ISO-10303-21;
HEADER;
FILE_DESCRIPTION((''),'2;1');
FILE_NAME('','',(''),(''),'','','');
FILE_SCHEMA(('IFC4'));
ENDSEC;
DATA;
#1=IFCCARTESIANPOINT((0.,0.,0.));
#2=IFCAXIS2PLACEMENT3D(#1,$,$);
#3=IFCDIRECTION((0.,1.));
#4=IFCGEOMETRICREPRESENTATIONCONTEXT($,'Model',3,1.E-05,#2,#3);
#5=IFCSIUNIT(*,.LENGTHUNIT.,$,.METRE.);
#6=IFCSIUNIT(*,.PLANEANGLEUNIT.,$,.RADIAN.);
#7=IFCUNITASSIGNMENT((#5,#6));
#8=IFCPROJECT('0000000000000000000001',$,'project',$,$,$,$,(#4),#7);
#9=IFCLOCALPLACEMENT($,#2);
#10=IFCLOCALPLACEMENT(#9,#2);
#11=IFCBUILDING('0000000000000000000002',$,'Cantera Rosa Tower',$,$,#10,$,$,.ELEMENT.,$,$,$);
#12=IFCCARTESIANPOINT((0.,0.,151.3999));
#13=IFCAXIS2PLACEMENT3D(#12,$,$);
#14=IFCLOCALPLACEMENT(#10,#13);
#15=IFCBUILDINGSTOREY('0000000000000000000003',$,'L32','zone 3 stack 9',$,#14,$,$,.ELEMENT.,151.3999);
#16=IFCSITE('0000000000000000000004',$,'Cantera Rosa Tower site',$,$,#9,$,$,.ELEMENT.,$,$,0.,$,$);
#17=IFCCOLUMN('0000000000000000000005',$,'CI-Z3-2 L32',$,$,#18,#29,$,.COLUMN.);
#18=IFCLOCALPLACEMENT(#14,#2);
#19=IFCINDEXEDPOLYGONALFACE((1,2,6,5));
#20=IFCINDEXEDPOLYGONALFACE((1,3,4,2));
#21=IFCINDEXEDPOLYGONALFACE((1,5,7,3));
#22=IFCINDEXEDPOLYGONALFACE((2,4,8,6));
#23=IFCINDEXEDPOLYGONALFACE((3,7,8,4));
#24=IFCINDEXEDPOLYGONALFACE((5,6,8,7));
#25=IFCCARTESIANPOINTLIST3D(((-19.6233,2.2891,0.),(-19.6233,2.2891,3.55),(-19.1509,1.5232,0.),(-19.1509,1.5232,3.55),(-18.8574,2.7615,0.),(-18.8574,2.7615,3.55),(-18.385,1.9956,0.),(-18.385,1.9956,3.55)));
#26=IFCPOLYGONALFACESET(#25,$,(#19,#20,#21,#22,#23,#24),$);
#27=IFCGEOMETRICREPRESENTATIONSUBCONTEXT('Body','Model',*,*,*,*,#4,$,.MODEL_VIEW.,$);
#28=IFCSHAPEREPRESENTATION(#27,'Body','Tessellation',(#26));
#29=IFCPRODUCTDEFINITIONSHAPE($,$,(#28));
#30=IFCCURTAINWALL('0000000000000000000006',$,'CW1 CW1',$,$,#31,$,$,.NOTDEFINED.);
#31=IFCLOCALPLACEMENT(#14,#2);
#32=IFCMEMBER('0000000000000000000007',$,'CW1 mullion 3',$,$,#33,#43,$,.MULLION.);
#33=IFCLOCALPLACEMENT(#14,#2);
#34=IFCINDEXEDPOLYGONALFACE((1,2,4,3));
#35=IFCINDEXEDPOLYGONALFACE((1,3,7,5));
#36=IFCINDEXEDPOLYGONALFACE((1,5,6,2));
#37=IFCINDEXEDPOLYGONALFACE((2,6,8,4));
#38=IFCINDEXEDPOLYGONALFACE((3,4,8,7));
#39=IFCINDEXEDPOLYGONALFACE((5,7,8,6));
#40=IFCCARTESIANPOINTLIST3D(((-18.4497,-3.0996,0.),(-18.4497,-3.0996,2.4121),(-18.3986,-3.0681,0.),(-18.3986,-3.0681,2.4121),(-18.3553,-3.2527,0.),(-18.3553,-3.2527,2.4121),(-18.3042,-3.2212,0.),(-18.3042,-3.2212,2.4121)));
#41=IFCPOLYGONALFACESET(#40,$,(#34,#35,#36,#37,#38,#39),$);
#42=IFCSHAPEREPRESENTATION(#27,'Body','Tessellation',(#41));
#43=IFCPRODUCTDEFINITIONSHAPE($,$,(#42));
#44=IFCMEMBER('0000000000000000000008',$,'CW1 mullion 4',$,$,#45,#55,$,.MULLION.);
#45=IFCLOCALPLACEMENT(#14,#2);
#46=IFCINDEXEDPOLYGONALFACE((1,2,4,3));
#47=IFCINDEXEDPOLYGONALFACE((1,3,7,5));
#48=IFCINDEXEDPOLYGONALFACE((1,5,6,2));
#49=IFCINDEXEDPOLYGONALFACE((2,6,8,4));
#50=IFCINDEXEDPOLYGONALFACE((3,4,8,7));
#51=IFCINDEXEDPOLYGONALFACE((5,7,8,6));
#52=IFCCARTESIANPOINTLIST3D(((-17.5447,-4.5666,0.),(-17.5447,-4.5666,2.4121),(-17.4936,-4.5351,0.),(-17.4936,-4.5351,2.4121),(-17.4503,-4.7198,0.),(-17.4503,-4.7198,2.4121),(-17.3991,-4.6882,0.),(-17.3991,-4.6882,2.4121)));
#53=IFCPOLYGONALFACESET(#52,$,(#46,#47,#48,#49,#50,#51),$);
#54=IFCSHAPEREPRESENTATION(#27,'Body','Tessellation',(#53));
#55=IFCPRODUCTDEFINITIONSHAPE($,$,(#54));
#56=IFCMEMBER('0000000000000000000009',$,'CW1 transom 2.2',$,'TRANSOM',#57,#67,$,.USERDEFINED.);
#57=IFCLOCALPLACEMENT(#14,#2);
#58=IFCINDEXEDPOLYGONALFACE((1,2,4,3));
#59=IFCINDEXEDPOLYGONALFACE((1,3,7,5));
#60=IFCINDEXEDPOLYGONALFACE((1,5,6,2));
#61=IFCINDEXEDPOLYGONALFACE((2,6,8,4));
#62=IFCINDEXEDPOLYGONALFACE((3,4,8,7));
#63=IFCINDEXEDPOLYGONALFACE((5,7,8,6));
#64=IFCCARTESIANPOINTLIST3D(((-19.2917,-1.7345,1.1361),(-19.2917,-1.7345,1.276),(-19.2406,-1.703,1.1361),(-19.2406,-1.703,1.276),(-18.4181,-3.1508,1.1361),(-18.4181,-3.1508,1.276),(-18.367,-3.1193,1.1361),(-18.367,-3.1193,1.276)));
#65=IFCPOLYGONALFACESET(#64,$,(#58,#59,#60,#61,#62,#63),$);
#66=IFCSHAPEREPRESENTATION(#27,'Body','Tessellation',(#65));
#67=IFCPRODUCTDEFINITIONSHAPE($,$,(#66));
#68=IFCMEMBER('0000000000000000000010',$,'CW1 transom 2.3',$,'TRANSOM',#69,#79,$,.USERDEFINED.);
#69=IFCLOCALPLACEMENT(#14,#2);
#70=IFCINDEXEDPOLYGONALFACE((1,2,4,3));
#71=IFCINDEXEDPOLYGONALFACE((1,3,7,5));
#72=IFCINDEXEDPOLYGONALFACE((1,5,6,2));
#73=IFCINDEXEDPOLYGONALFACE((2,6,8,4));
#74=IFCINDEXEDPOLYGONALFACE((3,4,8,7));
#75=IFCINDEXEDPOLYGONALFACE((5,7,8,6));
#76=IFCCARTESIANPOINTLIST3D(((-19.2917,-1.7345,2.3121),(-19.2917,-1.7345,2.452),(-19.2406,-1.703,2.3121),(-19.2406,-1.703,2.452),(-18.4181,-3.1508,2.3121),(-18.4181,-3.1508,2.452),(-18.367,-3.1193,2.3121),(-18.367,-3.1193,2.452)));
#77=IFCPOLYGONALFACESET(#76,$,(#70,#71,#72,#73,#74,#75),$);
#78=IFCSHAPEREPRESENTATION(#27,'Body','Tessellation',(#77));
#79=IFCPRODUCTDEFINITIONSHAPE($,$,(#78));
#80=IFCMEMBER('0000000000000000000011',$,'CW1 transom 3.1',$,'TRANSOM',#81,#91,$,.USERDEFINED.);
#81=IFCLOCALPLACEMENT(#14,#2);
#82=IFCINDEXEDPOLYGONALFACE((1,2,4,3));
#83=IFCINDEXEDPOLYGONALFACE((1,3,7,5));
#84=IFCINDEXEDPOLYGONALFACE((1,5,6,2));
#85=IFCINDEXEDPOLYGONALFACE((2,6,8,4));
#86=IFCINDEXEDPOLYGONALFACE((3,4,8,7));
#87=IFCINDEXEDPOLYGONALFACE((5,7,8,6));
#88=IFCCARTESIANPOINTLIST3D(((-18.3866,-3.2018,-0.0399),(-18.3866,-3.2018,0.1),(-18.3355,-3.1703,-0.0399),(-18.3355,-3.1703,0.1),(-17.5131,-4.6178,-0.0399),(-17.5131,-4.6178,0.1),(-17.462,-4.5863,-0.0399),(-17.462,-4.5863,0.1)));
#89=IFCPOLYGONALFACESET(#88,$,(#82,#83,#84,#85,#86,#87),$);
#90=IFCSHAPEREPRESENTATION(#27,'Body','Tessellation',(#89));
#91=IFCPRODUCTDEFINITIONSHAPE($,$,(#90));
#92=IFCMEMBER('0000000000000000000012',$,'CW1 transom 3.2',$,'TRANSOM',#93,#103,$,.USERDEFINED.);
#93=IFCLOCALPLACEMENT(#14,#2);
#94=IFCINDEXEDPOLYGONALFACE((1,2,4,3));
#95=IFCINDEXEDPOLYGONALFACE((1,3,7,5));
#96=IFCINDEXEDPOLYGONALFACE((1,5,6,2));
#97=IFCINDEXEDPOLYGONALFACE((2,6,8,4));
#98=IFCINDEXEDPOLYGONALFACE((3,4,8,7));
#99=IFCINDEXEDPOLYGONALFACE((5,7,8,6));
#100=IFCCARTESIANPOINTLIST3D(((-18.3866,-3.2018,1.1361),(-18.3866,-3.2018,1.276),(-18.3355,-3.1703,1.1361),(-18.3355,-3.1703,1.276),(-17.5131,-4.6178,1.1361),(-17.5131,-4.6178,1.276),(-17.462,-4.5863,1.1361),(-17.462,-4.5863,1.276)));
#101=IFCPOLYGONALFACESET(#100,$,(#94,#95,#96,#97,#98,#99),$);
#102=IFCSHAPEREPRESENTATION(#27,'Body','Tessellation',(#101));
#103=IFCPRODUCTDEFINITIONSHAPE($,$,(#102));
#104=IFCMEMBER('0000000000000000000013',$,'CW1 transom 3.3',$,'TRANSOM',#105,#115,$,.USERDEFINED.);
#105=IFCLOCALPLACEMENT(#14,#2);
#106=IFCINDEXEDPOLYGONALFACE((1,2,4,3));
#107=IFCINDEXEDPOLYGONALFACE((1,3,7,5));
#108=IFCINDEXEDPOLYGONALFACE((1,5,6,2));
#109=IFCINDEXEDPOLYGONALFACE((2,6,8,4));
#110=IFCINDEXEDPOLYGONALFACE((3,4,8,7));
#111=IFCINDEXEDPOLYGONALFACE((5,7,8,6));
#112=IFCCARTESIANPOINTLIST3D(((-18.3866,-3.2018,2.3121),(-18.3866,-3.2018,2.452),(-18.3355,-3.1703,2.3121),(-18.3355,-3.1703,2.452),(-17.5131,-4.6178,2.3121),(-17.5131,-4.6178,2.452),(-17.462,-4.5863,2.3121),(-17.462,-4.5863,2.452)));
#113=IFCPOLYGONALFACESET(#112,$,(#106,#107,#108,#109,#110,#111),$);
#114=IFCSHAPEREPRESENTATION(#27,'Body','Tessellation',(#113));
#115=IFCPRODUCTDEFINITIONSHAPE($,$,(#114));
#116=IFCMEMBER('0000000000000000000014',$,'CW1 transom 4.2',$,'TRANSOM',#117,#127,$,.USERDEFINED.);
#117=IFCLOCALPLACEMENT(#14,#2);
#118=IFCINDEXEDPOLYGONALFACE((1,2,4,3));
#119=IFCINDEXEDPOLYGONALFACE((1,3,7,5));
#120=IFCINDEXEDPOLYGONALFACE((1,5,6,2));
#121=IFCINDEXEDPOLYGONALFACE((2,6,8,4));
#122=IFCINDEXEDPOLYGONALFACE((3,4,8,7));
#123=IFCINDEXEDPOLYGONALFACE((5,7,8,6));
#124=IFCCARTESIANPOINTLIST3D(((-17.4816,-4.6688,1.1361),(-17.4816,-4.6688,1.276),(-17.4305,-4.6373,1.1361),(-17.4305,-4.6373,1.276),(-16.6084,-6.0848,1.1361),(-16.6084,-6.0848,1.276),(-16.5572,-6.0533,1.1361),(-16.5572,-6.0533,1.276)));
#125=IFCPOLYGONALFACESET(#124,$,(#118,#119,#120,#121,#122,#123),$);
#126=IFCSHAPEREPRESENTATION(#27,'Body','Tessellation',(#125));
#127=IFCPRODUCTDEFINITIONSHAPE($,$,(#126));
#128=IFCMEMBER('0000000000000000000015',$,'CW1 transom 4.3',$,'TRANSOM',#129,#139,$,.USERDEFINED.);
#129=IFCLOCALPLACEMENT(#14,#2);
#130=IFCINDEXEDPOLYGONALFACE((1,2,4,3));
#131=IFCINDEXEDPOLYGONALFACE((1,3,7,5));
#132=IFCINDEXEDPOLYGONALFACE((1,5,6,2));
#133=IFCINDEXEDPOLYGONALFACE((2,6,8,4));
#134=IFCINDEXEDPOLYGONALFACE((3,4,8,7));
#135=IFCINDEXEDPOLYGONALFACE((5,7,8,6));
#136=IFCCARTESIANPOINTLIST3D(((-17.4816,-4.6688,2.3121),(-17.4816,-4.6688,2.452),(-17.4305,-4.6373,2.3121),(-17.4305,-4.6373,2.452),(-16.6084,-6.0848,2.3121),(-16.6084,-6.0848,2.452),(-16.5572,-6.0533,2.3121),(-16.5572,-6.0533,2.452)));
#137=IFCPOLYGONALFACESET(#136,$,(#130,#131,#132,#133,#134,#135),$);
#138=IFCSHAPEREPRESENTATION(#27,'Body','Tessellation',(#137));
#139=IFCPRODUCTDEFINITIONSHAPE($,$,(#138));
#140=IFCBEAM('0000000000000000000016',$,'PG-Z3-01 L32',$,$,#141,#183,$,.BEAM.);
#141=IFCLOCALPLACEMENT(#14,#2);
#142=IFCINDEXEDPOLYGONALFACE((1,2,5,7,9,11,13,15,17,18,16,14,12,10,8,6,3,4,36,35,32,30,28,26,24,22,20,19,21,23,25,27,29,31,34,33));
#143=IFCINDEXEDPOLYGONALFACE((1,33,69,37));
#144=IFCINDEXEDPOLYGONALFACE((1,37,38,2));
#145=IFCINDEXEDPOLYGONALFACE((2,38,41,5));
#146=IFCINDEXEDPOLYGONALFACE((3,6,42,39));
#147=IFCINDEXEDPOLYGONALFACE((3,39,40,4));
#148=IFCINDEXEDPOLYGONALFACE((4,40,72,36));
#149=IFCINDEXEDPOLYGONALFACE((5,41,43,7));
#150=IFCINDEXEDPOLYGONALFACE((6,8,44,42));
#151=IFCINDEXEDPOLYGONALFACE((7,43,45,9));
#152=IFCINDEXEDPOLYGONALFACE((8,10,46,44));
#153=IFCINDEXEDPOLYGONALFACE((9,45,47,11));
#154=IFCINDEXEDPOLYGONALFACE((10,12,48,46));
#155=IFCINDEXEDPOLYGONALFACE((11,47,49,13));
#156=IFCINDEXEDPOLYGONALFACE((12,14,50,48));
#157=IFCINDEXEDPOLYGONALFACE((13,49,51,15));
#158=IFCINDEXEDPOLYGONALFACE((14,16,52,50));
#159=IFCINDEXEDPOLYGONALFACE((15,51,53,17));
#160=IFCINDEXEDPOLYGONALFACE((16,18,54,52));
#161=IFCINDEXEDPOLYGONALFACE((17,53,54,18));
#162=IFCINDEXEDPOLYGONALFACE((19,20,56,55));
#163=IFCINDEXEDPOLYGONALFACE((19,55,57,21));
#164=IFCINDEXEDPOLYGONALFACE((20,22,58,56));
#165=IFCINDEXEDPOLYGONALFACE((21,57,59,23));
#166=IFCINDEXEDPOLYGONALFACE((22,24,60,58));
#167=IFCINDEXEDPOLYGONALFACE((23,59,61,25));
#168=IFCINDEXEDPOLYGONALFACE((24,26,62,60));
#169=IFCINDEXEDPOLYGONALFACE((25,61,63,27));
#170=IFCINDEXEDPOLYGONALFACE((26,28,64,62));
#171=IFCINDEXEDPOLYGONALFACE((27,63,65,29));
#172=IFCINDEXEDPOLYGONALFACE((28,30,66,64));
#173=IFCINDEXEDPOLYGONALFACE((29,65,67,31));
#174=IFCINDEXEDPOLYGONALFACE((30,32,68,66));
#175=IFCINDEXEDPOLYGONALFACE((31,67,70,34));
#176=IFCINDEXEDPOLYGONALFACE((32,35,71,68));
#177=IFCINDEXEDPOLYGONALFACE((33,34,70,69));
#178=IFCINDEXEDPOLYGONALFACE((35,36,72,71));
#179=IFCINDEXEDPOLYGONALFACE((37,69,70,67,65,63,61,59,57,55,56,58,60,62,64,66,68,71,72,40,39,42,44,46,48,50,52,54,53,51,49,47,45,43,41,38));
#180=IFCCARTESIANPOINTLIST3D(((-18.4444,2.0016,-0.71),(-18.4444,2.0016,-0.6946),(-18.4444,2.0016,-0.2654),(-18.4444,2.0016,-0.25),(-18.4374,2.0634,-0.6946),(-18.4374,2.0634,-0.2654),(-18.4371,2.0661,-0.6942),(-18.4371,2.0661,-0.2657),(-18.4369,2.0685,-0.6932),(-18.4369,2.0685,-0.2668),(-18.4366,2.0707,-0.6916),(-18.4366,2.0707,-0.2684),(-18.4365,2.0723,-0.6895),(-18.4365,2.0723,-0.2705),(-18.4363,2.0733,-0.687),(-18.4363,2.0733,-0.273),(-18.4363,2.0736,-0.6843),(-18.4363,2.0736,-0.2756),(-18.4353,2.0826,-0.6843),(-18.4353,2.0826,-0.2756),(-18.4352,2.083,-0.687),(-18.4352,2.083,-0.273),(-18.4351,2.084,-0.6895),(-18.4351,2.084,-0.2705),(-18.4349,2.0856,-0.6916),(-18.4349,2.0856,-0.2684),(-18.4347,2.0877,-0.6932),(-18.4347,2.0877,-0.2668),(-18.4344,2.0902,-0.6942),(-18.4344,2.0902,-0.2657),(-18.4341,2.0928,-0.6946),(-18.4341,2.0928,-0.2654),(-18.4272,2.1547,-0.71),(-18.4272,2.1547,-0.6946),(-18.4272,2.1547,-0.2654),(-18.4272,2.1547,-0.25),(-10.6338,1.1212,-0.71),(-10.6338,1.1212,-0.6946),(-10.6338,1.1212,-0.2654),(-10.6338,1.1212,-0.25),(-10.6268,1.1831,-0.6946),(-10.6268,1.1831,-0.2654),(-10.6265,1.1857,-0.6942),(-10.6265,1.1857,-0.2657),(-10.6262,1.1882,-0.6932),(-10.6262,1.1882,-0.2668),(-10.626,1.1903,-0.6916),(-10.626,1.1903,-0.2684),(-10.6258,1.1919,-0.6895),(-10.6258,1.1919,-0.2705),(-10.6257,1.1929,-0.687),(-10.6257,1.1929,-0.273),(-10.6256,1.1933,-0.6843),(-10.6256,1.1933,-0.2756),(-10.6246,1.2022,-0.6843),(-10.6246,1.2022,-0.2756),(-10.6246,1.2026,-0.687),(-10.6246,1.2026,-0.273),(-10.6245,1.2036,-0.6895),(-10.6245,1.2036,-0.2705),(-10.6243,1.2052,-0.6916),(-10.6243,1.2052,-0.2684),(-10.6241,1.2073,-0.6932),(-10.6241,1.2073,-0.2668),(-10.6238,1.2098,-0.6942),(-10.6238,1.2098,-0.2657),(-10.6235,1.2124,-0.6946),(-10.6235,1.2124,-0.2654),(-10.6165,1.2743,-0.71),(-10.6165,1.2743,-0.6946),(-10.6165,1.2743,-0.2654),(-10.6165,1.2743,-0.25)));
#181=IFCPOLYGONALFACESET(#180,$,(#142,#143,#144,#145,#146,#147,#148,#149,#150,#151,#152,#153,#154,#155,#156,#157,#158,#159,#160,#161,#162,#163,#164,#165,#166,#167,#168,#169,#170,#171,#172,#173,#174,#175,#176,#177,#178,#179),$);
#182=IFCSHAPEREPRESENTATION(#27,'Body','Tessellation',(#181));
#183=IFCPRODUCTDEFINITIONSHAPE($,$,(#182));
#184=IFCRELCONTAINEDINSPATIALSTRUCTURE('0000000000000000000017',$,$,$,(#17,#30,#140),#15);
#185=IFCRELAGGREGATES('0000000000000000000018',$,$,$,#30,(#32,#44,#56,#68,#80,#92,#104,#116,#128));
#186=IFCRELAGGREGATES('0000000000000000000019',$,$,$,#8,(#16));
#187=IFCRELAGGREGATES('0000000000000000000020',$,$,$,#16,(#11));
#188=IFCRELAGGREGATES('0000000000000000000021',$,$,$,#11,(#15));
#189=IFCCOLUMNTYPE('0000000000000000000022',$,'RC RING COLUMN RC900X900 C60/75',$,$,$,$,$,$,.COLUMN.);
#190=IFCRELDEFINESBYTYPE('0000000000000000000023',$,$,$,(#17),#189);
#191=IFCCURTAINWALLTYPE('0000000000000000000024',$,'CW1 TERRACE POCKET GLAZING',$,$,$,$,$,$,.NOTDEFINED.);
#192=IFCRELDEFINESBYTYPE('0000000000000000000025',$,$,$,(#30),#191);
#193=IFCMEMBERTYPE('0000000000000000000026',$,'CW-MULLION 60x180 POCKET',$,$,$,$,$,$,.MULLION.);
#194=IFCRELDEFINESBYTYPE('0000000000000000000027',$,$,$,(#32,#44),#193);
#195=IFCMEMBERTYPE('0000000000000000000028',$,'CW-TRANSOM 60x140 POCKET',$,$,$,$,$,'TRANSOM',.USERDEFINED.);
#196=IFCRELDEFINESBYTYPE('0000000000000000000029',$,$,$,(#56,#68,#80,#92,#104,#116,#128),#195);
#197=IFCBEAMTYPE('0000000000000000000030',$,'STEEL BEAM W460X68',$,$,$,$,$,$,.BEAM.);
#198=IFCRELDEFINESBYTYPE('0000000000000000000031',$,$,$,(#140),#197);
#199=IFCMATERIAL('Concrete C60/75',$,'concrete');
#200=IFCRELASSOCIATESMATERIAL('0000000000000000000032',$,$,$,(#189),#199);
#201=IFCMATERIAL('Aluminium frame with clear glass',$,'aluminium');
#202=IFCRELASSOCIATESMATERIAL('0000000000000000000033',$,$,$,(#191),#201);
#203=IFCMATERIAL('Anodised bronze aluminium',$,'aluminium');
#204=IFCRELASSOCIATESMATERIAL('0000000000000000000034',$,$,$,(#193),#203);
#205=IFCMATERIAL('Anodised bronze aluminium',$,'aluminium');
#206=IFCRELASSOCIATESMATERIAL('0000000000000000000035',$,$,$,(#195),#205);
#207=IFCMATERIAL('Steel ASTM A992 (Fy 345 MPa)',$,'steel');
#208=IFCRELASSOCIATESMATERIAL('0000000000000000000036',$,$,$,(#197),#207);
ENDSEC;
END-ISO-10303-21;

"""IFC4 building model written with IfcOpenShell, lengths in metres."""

from ifc_helpers import new_model, si_unit, direction, frame, origin, origin_2d, place, context, subcontext, project, spatial, rectangle, i_section, extrude, material, material_profile, profile_set, type_object, element, aggregate, save


model = new_model("IFC4")

# Units and contexts
model_context = context("Model", 3, precision=1e-05, world=origin(), true_north=direction((0.0, 1.0)))
body_context = subcontext(model_context, "Body", "Model", "MODEL_VIEW")
ifc_project = project(units=[si_unit("LENGTHUNIT", "METRE"), si_unit("PLANEANGLEUNIT", "RADIAN")], contexts=[model_context])

# Site, building, storey
site_placement = place(None, origin())
site = spatial("IfcSite", under=ifc_project, at=site_placement, Name="Cantera Rosa Tower site", CompositionType="ELEMENT", RefElevation=0.0)
building_placement = place(site_placement, origin())
building = spatial("IfcBuilding", under=site, at=building_placement, Name="Cantera Rosa Tower", CompositionType="ELEMENT")
storey_placement = place(building_placement, frame((0.0, 0.0, 151.3999)))
storey = spatial("IfcBuildingStorey", under=building, at=storey_placement, Name="L32", Description="zone 3 stack 9", CompositionType="ELEMENT", Elevation=151.3999)

# Column
ifc_material_1 = material(Name="Concrete C60/75", Category="concrete")
ifc_material_profile_1 = material_profile(ifc_material_1, rectangle(XDim=0.8999, YDim=0.8999, at=origin_2d()), Name="RC RING COLUMN RC900X900 C60/75")
ifc_profile_set_1 = profile_set([ifc_material_profile_1], Name="Concrete C60/75")
column_type = type_object("IfcColumnType", Name="RC RING COLUMN RC900X900 C60/75", PredefinedType="COLUMN", material=ifc_profile_set_1)
column_placement = place(storey_placement, frame((-19.0042, 2.1423, 0.0), z_axis=(0.0, 0.0, 1.0), x_axis=(0.851117, 0.524977, 0.0)))
element("IfcColumn", 1, at=column_placement, inside=storey, type_object=column_type, Name="CI-Z3-2 L32", PredefinedType="COLUMN", context=body_context, shape_type="SweptSolid", body=[
    extrude(rectangle(XDim=0.8999, YDim=0.8999, at=origin_2d()), origin(), (0.0, 0.0, 1.0), 3.55),
])

# Curtain wall, members
ifc_material_2 = material(Name="Aluminium frame with clear glass", Category="aluminium")
curtain_wall_type = type_object("IfcCurtainWallType", Name="CW1 TERRACE POCKET GLAZING", PredefinedType="NOTDEFINED", material=ifc_material_2)
curtain_wall_placement = place(storey_placement, origin())
curtain_wall = element("IfcCurtainWall", 2, at=curtain_wall_placement, inside=storey, type_object=curtain_wall_type, Name="CW1 CW1", PredefinedType="NOTDEFINED")
ifc_material_3 = material(Name="Anodised bronze aluminium", Category="aluminium")
ifc_material_profile_2 = material_profile(ifc_material_3, rectangle(XDim=0.0601, YDim=0.1799, at=origin_2d()), Name="CW-MULLION 60x180 POCKET")
ifc_profile_set_2 = profile_set([ifc_material_profile_2], Name="Anodised bronze aluminium")
member_type_1 = type_object("IfcMemberType", Name="CW-MULLION 60x180 POCKET", PredefinedType="MULLION", material=ifc_profile_set_2)
member_1_placement = place(storey_placement, frame((-18.377, -3.1604, 0.0), z_axis=(0.0, 0.0, 1.0), x_axis=(0.851117, 0.524977, 0.0)))
member_1 = element("IfcMember", 3, at=member_1_placement, type_object=member_type_1, Name="CW1 mullion 3", PredefinedType="MULLION", context=body_context, shape_type="SweptSolid", body=[
    extrude(rectangle(XDim=0.0601, YDim=0.1799, at=origin_2d()), origin(), (0.0, 0.0, 1.0), 2.4121),
])
member_2_placement = place(storey_placement, frame((-17.4719, -4.6274, 0.0), z_axis=(0.0, 0.0, 1.0), x_axis=(0.851117, 0.524977, 0.0)))
member_2 = element("IfcMember", 4, at=member_2_placement, type_object=member_type_1, Name="CW1 mullion 4", PredefinedType="MULLION", context=body_context, shape_type="SweptSolid", body=[
    extrude(rectangle(XDim=0.0601, YDim=0.1799, at=origin_2d()), origin(), (0.0, 0.0, 1.0), 2.4121),
])
ifc_material_4 = material(Name="Anodised bronze aluminium", Category="aluminium")
ifc_material_profile_3 = material_profile(ifc_material_4, rectangle(XDim=0.0601, YDim=0.1399, at=origin_2d()), Name="CW-TRANSOM 60x140 POCKET")
ifc_profile_set_3 = profile_set([ifc_material_profile_3], Name="Anodised bronze aluminium")
member_type_2 = type_object("IfcMemberType", Name="CW-TRANSOM 60x140 POCKET", ElementType="TRANSOM", PredefinedType="USERDEFINED", material=ifc_profile_set_3)
member_3_placement = place(storey_placement, frame((-19.2661, -1.7188, 1.2061), z_axis=(0.524965, -0.851124, 0.0), x_axis=(0.851124, 0.524965, 0.0)))
member_3 = element("IfcMember", 5, at=member_3_placement, type_object=member_type_2, Name="CW1 transom 2.2", ObjectType="TRANSOM", PredefinedType="USERDEFINED", context=body_context, shape_type="SweptSolid", body=[
    extrude(rectangle(XDim=0.0601, YDim=0.1399, at=origin_2d()), origin(), (0.0, 0.0, 1.0), 1.6641),
])
member_4_placement = place(storey_placement, frame((-19.2661, -1.7188, 2.3821), z_axis=(0.524965, -0.851124, 0.0), x_axis=(0.851124, 0.524965, 0.0)))
member_4 = element("IfcMember", 6, at=member_4_placement, type_object=member_type_2, Name="CW1 transom 2.3", ObjectType="TRANSOM", PredefinedType="USERDEFINED", context=body_context, shape_type="SweptSolid", body=[
    extrude(rectangle(XDim=0.0601, YDim=0.1399, at=origin_2d()), origin(), (0.0, 0.0, 1.0), 1.6641),
])
member_5_placement = place(storey_placement, frame((-18.3611, -3.186, 0.03), z_axis=(0.52503, -0.851083, 0.0), x_axis=(0.851083, 0.52503, 0.0)))
member_5 = element("IfcMember", 7, at=member_5_placement, type_object=member_type_2, Name="CW1 transom 3.1", ObjectType="TRANSOM", PredefinedType="USERDEFINED", context=body_context, shape_type="SweptSolid", body=[
    extrude(rectangle(XDim=0.0601, YDim=0.1399, at=origin_2d()), origin(), (0.0, 0.0, 1.0), 1.6638),
])
member_6_placement = place(storey_placement, frame((-18.3611, -3.186, 1.2061), z_axis=(0.52503, -0.851083, 0.0), x_axis=(0.851083, 0.52503, 0.0)))
member_6 = element("IfcMember", 8, at=member_6_placement, type_object=member_type_2, Name="CW1 transom 3.2", ObjectType="TRANSOM", PredefinedType="USERDEFINED", context=body_context, shape_type="SweptSolid", body=[
    extrude(rectangle(XDim=0.0601, YDim=0.1399, at=origin_2d()), origin(), (0.0, 0.0, 1.0), 1.6638),
])
member_7_placement = place(storey_placement, frame((-18.3611, -3.186, 2.3821), z_axis=(0.52503, -0.851083, 0.0), x_axis=(0.851083, 0.52503, 0.0)))
member_7 = element("IfcMember", 9, at=member_7_placement, type_object=member_type_2, Name="CW1 transom 3.3", ObjectType="TRANSOM", PredefinedType="USERDEFINED", context=body_context, shape_type="SweptSolid", body=[
    extrude(rectangle(XDim=0.0601, YDim=0.1399, at=origin_2d()), origin(), (0.0, 0.0, 1.0), 1.6638),
])
member_8_placement = place(storey_placement, frame((-17.4561, -4.6531, 1.2061), z_axis=(0.524924, -0.851149, 0.0), x_axis=(0.851149, 0.524924, 0.0)))
member_8 = element("IfcMember", 10, at=member_8_placement, type_object=member_type_2, Name="CW1 transom 4.2", ObjectType="TRANSOM", PredefinedType="USERDEFINED", context=body_context, shape_type="SweptSolid", body=[
    extrude(rectangle(XDim=0.0601, YDim=0.1399, at=origin_2d()), origin(), (0.0, 0.0, 1.0), 1.6636),
])
member_9_placement = place(storey_placement, frame((-17.4561, -4.6531, 2.3821), z_axis=(0.524924, -0.851149, 0.0), x_axis=(0.851149, 0.524924, 0.0)))
member_9 = element("IfcMember", 11, at=member_9_placement, type_object=member_type_2, Name="CW1 transom 4.3", ObjectType="TRANSOM", PredefinedType="USERDEFINED", context=body_context, shape_type="SweptSolid", body=[
    extrude(rectangle(XDim=0.0601, YDim=0.1399, at=origin_2d()), origin(), (0.0, 0.0, 1.0), 1.6636),
])

# Beam
ifc_material_5 = material(Name="Steel ASTM A992 (Fy 345 MPa)", Category="steel")
ifc_material_profile_4 = material_profile(ifc_material_5, i_section(OverallWidth=0.1541, OverallDepth=0.46, WebThickness=0.009, FlangeThickness=0.0154, FilletRadius=0.0103, at=origin_2d()), Name="W460X68")
ifc_profile_set_4 = profile_set([ifc_material_profile_4], Name="Steel ASTM A992 (Fy 345 MPa)")
beam_type = type_object("IfcBeamType", Name="STEEL BEAM W460X68", PredefinedType="BEAM", material=ifc_profile_set_4)
beam_placement = place(storey_placement, frame((-18.4358, 2.0781, -0.48), z_axis=(0.993707, -0.112006, 0.0), x_axis=(0.112006, 0.993707, 0.0)))
element("IfcBeam", 12, at=beam_placement, inside=storey, type_object=beam_type, Name="PG-Z3-01 L32", PredefinedType="BEAM", context=body_context, shape_type="SweptSolid", body=[
    extrude(i_section(OverallWidth=0.1541, OverallDepth=0.46, WebThickness=0.009, FlangeThickness=0.0154, FilletRadius=0.0103, at=origin_2d()), origin(), (0.0, 0.0, 1.0), 7.8601),
])

aggregate(curtain_wall, [member_1, member_2, member_3, member_4, member_5, member_6, member_7, member_8, member_9])

save(model, "model.ifc")
